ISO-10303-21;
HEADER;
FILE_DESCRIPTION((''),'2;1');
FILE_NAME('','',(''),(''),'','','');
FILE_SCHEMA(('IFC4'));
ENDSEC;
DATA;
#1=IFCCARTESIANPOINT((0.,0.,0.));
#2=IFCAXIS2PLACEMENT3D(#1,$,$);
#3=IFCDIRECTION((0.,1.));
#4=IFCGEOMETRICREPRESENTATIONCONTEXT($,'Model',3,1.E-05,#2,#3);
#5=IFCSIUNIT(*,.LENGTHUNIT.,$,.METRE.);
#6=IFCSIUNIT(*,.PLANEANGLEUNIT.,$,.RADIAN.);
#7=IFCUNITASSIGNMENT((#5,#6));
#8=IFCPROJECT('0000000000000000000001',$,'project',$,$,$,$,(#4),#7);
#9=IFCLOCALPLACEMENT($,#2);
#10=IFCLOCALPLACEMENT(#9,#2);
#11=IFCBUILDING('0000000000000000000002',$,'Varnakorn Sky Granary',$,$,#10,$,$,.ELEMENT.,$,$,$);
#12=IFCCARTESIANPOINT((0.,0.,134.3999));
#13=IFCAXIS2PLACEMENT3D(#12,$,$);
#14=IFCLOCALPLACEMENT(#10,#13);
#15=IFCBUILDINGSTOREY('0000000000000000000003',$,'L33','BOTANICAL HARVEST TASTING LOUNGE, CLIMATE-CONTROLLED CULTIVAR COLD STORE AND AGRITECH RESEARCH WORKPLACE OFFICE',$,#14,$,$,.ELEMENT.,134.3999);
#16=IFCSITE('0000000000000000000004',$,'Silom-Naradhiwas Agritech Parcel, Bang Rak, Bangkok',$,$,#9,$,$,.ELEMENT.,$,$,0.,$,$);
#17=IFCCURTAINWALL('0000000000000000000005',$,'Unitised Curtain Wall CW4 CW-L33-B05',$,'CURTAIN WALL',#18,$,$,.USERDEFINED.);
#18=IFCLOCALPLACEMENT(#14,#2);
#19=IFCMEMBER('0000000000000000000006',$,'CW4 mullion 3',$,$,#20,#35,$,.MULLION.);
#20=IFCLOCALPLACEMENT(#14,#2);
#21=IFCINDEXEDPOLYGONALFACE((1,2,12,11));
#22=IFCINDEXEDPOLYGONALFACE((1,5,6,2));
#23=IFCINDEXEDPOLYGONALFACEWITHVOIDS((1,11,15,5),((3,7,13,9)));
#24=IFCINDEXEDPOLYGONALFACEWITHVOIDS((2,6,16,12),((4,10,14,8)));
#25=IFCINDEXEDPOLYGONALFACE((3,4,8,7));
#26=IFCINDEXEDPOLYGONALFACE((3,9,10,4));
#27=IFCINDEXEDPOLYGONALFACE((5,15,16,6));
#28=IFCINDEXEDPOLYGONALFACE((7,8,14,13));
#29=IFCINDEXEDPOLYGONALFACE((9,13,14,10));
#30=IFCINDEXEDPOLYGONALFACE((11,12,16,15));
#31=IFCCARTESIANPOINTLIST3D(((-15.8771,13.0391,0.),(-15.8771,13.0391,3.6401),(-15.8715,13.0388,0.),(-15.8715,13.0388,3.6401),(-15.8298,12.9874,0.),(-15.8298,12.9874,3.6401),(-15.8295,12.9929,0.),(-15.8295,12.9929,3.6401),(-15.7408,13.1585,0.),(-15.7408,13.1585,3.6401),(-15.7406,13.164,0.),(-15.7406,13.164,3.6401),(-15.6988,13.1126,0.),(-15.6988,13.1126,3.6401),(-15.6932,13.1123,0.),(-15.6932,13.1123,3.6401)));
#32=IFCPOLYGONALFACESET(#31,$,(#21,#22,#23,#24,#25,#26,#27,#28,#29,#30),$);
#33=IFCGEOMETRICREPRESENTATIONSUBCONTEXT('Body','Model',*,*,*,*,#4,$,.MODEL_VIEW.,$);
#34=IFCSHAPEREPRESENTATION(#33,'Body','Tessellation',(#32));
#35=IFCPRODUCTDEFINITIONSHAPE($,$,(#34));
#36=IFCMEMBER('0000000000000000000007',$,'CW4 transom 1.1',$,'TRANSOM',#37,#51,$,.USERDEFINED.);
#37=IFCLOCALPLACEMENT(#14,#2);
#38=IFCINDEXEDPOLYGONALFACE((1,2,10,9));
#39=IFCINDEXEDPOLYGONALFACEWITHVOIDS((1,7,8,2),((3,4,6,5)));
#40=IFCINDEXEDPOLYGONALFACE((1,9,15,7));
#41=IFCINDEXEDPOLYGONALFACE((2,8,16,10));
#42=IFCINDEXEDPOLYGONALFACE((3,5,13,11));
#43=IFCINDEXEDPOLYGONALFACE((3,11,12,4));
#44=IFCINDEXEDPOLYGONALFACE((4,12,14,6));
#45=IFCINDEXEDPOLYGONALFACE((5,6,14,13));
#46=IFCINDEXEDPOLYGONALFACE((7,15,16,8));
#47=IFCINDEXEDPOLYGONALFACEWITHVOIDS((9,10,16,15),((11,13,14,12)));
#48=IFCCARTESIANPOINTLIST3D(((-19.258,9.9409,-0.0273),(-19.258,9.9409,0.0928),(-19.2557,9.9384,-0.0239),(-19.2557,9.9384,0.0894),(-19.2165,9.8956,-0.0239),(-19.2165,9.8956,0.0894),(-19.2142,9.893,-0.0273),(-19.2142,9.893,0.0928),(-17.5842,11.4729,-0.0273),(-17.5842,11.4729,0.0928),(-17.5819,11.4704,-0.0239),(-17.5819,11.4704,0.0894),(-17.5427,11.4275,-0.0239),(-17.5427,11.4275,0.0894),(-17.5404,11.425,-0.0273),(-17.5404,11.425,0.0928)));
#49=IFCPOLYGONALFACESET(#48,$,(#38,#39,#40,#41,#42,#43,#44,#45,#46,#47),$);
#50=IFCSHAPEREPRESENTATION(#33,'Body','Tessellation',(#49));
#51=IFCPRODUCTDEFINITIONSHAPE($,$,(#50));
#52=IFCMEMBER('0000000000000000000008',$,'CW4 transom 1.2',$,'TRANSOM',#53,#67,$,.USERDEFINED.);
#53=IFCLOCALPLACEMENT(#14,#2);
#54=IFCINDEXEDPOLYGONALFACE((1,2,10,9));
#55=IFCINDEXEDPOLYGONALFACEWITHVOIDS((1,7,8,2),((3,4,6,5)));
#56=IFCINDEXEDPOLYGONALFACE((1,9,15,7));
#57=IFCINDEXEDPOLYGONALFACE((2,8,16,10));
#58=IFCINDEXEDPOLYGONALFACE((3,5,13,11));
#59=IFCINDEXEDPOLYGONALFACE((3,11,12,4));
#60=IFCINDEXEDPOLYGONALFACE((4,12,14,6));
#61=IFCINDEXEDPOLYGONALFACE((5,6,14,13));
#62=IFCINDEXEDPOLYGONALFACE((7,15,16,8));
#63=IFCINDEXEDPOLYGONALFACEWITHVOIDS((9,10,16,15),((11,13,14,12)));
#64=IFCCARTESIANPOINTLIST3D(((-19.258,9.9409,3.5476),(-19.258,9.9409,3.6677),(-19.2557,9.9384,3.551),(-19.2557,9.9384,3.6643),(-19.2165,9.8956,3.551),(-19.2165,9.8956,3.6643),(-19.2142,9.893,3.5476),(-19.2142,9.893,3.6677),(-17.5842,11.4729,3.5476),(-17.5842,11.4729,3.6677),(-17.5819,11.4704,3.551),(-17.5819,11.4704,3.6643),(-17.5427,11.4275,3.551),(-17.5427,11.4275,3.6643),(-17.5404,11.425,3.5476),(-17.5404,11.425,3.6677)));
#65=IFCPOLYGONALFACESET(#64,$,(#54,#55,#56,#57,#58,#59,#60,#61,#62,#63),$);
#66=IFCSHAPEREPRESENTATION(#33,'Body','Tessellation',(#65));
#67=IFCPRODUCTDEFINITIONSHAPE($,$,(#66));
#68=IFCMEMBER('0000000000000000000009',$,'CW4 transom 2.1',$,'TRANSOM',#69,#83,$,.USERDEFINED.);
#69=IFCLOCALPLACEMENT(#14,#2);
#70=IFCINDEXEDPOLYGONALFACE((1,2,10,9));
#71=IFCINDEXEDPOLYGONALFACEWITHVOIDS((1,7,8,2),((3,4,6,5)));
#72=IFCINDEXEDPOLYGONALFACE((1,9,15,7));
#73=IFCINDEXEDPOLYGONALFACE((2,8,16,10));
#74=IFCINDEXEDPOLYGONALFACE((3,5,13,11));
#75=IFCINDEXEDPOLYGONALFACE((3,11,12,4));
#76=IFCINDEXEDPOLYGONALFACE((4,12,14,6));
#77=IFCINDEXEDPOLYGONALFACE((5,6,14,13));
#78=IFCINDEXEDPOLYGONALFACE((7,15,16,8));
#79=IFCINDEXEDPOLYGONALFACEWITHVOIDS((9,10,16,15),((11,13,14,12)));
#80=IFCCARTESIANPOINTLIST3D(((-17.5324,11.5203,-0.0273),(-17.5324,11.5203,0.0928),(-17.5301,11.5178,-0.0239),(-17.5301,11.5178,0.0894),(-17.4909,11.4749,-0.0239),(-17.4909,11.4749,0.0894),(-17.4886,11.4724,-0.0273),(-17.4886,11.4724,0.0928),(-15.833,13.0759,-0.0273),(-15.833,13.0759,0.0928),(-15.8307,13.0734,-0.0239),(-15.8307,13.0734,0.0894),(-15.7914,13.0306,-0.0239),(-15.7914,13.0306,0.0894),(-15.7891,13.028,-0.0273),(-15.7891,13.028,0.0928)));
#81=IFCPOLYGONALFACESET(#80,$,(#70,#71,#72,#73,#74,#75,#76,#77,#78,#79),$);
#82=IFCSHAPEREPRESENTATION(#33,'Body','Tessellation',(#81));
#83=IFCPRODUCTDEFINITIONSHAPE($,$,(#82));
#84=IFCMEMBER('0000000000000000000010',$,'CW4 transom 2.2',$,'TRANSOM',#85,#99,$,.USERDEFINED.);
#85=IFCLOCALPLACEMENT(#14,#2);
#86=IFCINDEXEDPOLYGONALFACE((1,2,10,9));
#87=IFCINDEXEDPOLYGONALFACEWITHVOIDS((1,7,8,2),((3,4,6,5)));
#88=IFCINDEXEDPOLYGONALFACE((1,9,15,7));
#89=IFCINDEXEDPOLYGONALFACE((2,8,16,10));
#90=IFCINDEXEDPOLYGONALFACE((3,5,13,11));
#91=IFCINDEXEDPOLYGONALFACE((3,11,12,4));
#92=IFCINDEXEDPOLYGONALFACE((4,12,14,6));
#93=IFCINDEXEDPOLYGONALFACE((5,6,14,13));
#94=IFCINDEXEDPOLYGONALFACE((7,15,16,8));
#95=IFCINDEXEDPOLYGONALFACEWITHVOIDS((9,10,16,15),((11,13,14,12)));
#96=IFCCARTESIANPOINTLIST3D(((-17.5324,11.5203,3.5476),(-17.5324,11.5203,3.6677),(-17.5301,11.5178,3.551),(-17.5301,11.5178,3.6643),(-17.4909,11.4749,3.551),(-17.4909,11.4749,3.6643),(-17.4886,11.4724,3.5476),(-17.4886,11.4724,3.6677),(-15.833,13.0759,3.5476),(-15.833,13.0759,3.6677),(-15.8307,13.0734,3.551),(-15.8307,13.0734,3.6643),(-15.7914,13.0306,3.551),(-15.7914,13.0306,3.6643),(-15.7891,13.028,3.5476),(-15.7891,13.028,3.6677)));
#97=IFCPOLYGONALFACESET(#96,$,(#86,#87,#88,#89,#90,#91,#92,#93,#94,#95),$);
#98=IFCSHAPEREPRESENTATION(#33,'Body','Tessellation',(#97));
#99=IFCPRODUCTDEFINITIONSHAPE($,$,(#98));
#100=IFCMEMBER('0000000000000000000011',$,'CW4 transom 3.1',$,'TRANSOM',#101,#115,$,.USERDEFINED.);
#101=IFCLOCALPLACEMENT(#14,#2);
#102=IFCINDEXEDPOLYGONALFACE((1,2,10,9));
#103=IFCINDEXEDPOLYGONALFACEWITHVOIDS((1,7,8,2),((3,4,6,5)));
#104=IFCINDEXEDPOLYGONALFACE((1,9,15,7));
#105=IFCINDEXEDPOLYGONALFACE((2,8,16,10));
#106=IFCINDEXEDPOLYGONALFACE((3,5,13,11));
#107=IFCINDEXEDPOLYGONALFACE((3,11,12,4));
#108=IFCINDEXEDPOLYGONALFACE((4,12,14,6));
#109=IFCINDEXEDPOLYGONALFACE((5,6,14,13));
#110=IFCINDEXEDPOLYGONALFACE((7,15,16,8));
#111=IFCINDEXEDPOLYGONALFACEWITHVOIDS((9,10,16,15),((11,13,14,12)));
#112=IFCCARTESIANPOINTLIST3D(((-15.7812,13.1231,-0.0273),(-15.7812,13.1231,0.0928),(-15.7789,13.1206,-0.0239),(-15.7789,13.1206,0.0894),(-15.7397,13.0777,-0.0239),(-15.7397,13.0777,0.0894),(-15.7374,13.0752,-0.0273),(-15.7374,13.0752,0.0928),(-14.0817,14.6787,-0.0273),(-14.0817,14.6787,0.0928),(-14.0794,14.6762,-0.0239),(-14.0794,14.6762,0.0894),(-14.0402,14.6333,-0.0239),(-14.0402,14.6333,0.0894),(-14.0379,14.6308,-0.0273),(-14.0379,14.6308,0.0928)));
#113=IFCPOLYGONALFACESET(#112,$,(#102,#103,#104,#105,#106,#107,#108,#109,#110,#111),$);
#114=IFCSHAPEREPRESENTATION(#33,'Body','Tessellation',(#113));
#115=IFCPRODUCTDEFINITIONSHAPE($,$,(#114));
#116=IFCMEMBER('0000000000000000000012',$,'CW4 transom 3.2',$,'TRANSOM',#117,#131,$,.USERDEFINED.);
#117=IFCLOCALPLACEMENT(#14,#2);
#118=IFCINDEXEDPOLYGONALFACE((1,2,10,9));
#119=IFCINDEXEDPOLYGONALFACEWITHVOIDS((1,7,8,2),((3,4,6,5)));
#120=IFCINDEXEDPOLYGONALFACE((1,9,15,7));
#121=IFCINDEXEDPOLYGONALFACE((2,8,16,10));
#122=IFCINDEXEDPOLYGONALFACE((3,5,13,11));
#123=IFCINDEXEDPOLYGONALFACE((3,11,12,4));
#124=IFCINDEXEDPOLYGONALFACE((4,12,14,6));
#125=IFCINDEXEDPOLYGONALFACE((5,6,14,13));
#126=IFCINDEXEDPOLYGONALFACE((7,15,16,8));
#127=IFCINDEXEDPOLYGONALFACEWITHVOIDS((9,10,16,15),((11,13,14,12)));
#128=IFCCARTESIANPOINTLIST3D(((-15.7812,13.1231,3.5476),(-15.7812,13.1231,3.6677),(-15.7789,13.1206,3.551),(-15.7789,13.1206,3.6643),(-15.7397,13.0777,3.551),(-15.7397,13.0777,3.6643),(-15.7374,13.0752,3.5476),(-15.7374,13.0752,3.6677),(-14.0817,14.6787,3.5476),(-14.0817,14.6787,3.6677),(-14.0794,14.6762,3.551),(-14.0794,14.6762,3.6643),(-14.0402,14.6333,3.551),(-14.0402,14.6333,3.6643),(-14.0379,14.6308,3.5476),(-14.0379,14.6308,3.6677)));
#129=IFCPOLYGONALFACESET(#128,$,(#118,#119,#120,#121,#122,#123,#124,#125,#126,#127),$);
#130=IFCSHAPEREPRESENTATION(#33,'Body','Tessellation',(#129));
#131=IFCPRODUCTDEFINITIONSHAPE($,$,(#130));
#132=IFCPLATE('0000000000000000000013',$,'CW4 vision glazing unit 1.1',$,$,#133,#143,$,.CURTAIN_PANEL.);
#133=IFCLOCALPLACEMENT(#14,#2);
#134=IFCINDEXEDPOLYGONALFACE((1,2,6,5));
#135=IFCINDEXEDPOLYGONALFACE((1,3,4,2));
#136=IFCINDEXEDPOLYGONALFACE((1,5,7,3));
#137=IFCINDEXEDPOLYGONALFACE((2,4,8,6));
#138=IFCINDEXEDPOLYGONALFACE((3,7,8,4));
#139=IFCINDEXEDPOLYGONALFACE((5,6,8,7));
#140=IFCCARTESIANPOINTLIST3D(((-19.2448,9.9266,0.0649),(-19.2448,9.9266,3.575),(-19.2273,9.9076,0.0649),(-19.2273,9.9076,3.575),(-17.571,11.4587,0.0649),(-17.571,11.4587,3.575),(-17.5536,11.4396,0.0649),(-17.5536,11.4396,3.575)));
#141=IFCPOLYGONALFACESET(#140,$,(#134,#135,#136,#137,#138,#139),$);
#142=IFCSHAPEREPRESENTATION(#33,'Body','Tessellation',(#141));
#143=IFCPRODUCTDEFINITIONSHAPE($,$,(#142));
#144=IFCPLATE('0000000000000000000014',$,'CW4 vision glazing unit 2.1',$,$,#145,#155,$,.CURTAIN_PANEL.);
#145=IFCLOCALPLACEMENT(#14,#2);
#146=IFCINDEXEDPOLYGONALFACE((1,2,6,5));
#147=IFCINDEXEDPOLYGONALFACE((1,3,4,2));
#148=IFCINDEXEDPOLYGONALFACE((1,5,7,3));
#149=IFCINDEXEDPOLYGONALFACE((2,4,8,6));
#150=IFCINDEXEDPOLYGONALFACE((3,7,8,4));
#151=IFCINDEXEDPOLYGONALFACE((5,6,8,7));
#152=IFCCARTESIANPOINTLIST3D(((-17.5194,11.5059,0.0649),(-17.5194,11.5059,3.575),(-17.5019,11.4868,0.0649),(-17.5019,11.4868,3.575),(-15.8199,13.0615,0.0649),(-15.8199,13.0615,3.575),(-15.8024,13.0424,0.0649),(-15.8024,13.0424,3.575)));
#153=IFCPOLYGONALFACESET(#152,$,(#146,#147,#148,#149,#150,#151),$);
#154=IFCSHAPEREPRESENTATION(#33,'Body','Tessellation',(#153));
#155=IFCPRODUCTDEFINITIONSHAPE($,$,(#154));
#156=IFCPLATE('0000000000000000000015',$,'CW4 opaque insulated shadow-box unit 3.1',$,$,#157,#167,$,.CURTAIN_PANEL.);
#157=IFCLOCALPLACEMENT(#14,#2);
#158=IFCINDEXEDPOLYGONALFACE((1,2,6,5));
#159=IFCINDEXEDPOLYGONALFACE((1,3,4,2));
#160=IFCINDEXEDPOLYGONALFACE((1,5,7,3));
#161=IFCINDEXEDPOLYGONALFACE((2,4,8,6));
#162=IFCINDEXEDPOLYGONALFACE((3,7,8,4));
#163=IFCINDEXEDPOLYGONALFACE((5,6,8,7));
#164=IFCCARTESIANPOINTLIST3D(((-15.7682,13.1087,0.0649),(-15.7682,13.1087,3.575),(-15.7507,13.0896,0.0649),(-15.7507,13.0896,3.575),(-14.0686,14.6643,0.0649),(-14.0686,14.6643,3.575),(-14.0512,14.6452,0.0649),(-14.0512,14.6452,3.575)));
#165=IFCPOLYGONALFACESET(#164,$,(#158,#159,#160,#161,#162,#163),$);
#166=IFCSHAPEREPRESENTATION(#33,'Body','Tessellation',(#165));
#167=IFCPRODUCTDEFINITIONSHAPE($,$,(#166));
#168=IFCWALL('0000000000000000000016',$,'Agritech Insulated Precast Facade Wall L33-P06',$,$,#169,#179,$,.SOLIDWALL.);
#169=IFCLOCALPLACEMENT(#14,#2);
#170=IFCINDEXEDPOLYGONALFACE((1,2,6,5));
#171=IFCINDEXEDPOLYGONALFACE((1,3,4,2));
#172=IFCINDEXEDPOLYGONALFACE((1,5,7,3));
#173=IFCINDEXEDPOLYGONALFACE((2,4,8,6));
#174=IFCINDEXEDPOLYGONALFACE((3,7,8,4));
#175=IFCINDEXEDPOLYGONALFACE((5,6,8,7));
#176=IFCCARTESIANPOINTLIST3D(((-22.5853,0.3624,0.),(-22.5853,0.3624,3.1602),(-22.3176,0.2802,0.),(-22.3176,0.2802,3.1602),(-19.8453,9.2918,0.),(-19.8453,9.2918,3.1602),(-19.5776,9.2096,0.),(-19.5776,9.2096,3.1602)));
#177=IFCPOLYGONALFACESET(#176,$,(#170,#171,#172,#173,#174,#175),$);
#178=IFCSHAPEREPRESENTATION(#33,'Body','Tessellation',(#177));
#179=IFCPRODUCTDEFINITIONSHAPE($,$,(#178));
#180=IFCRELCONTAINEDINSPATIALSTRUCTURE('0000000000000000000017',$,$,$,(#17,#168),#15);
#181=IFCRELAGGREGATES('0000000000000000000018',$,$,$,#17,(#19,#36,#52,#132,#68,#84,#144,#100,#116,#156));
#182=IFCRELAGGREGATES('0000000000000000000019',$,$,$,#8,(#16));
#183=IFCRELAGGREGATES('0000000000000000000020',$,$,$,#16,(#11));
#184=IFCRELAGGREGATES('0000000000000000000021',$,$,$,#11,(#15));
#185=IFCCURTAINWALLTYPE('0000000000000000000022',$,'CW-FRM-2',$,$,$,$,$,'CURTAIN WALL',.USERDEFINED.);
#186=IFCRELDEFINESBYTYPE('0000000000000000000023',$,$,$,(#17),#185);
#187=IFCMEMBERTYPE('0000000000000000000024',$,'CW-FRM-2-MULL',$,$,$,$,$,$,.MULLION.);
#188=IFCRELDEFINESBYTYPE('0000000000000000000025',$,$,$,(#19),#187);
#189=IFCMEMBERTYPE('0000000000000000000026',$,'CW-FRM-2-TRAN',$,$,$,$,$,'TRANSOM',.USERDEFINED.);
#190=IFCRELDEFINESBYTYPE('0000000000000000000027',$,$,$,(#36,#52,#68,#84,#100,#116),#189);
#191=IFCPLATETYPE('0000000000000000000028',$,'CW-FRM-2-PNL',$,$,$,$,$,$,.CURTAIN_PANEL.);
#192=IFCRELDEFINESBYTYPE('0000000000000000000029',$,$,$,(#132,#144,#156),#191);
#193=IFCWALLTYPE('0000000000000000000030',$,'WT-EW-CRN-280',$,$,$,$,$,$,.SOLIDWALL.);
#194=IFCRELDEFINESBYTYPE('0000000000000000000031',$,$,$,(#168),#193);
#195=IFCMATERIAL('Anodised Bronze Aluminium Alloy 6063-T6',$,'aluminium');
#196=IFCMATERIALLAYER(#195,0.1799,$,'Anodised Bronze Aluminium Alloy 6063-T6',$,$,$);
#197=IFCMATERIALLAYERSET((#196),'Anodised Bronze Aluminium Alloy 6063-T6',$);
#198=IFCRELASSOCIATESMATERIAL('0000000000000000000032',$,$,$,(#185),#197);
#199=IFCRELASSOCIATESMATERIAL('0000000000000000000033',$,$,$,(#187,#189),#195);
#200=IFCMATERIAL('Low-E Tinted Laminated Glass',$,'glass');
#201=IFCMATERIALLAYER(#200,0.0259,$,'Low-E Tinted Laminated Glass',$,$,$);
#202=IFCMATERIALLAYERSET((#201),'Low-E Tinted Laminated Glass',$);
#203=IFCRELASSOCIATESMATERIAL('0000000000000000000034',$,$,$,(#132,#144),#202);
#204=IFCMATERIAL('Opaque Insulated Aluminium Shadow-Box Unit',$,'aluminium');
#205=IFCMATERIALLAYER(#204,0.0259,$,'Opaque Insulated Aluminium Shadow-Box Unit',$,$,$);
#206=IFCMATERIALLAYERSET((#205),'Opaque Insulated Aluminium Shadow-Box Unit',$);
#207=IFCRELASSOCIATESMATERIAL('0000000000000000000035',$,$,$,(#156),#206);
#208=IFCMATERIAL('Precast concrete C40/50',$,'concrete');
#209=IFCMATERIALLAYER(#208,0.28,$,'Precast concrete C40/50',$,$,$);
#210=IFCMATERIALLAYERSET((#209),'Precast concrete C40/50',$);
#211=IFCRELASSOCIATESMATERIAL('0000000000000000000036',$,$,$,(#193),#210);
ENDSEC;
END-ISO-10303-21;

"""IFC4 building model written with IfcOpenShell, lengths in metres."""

from ifc_helpers import new_model, si_unit, direction, frame, frame_2d, origin, origin_2d, place, context, subcontext, project, spatial, rectangle, hollow_rectangle, extrude, source, transform, mapped, material, layer, layer_set, material_profile, profile_set, type_object, type_shapes, element, aggregate, save


model = new_model("IFC4")

# Units and contexts
model_context = context("Model", 3, precision=1e-05, world=origin(), true_north=direction((0.0, 1.0)))
body_context = subcontext(model_context, "Body", "Model", "MODEL_VIEW")
ifc_project = project(units=[si_unit("LENGTHUNIT", "METRE"), si_unit("PLANEANGLEUNIT", "RADIAN")], contexts=[model_context])

# Site, building, storey
site_placement = place(None, origin())
site = spatial("IfcSite", under=ifc_project, at=site_placement, Name="Silom-Naradhiwas Agritech Parcel, Bang Rak, Bangkok", CompositionType="ELEMENT", RefElevation=0.0)
building_placement = place(site_placement, origin())
building = spatial("IfcBuilding", under=site, at=building_placement, Name="Varnakorn Sky Granary", CompositionType="ELEMENT")
storey_placement = place(building_placement, frame((0.0, 0.0, 134.3999)))
storey = spatial("IfcBuildingStorey", under=building, at=storey_placement, Name="L33", Description="BOTANICAL HARVEST TASTING LOUNGE, CLIMATE-CONTROLLED CULTIVAR COLD STORE AND AGRITECH RESEARCH WORKPLACE OFFICE", CompositionType="ELEMENT", Elevation=134.3999)

# Curtain wall, members, plates
ifc_material_1 = material(Name="Anodised Bronze Aluminium Alloy 6063-T6", Category="aluminium")
ifc_layer_1 = layer(ifc_material_1, 0.1799, Name="Anodised Bronze Aluminium Alloy 6063-T6")
ifc_layer_set_1 = layer_set([ifc_layer_1], Name="Anodised Bronze Aluminium Alloy 6063-T6")
curtain_wall_type = type_object("IfcCurtainWallType", Name="CW-FRM-2", ElementType="CURTAIN WALL", PredefinedType="USERDEFINED", material=ifc_layer_set_1)
curtain_wall_placement = place(storey_placement, origin())
curtain_wall = element("IfcCurtainWall", 1, at=curtain_wall_placement, inside=storey, type_object=curtain_wall_type, Name="Unitised Curtain Wall CW4 CW-L33-B05", ObjectType="CURTAIN WALL", PredefinedType="USERDEFINED")
ifc_material_profile_1 = material_profile(ifc_material_1, hollow_rectangle(XDim=0.0701, YDim=0.1851, WallThickness=0.0039, at=origin_2d()), Name="ALU MULL 70x185")
ifc_profile_set_1 = profile_set([ifc_material_profile_1], Name="Anodised Bronze Aluminium Alloy 6063-T6")
member_type_1 = type_object("IfcMemberType", Name="CW-FRM-2-MULL", PredefinedType="MULLION", material=ifc_profile_set_1)
member_1_placement = place(storey_placement, frame((-15.7852, 13.0757, 0.0), z_axis=(0.0, 0.0, 1.0), x_axis=(-0.675183, 0.737651, 0.0)))
member_1 = element("IfcMember", 2, at=member_1_placement, type_object=member_type_1, Name="CW4 mullion 3", PredefinedType="MULLION", context=body_context, shape_type="SweptSolid", body=[
    extrude(hollow_rectangle(XDim=0.0701, YDim=0.1851, WallThickness=0.0039, at=origin_2d()), origin(), (0.0, 0.0, 1.0), 3.6401),
])
ifc_material_profile_2 = material_profile(ifc_material_1, hollow_rectangle(XDim=0.0649, YDim=0.1201, WallThickness=0.0034, at=origin_2d()), Name="ALU TRAN 65x120")
ifc_profile_set_2 = profile_set([ifc_material_profile_2], Name="Anodised Bronze Aluminium Alloy 6063-T6")
member_type_2 = type_object("IfcMemberType", Name="CW-FRM-2-TRAN", ElementType="TRANSOM", PredefinedType="USERDEFINED", material=ifc_profile_set_2)
member_2_placement = place(storey_placement, frame((-19.2361, 9.917, 0.0327), z_axis=(0.737672, 0.675159, 0.0), x_axis=(-0.675159, 0.737672, 0.0)))
member_2 = element("IfcMember", 3, at=member_2_placement, type_object=member_type_2, Name="CW4 transom 1.1", ObjectType="TRANSOM", PredefinedType="USERDEFINED", context=body_context, shape_type="SweptSolid", body=[
    extrude(hollow_rectangle(XDim=0.0649, YDim=0.1201, WallThickness=0.0034, at=origin_2d()), origin(), (0.0, 0.0, 1.0), 2.269),
])
member_3_placement = place(storey_placement, frame((-19.2361, 9.917, 3.6077), z_axis=(0.737672, 0.675159, 0.0), x_axis=(-0.675159, 0.737672, 0.0)))
member_3 = element("IfcMember", 4, at=member_3_placement, type_object=member_type_2, Name="CW4 transom 1.2", ObjectType="TRANSOM", PredefinedType="USERDEFINED", context=body_context, shape_type="SweptSolid", body=[
    extrude(hollow_rectangle(XDim=0.0649, YDim=0.1201, WallThickness=0.0034, at=origin_2d()), origin(), (0.0, 0.0, 1.0), 2.269),
])
member_4_placement = place(storey_placement, frame((-17.5105, 11.4963, 0.0327), z_axis=(0.737625, 0.675211, 0.0), x_axis=(-0.675211, 0.737625, 0.0)))
member_4 = element("IfcMember", 5, at=member_4_placement, type_object=member_type_2, Name="CW4 transom 2.1", ObjectType="TRANSOM", PredefinedType="USERDEFINED", context=body_context, shape_type="SweptSolid", body=[
    extrude(hollow_rectangle(XDim=0.0649, YDim=0.1201, WallThickness=0.0034, at=origin_2d()), origin(), (0.0, 0.0, 1.0), 2.304),
])
member_5_placement = place(storey_placement, frame((-17.5105, 11.4963, 3.6077), z_axis=(0.737625, 0.675211, 0.0), x_axis=(-0.675211, 0.737625, 0.0)))
member_5 = element("IfcMember", 6, at=member_5_placement, type_object=member_type_2, Name="CW4 transom 2.2", ObjectType="TRANSOM", PredefinedType="USERDEFINED", context=body_context, shape_type="SweptSolid", body=[
    extrude(hollow_rectangle(XDim=0.0649, YDim=0.1201, WallThickness=0.0034, at=origin_2d()), origin(), (0.0, 0.0, 1.0), 2.304),
])
member_6_placement = place(storey_placement, frame((-15.7593, 13.0991, 0.0327), z_axis=(0.737625, 0.675211, 0.0), x_axis=(-0.675211, 0.737625, 0.0)))
member_6 = element("IfcMember", 7, at=member_6_placement, type_object=member_type_2, Name="CW4 transom 3.1", ObjectType="TRANSOM", PredefinedType="USERDEFINED", context=body_context, shape_type="SweptSolid", body=[
    extrude(hollow_rectangle(XDim=0.0649, YDim=0.1201, WallThickness=0.0034, at=origin_2d()), origin(), (0.0, 0.0, 1.0), 2.304),
])
member_7_placement = place(storey_placement, frame((-15.7593, 13.0991, 3.6077), z_axis=(0.737625, 0.675211, 0.0), x_axis=(-0.675211, 0.737625, 0.0)))
member_7 = element("IfcMember", 8, at=member_7_placement, type_object=member_type_2, Name="CW4 transom 3.2", ObjectType="TRANSOM", PredefinedType="USERDEFINED", context=body_context, shape_type="SweptSolid", body=[
    extrude(hollow_rectangle(XDim=0.0649, YDim=0.1201, WallThickness=0.0034, at=origin_2d()), origin(), (0.0, 0.0, 1.0), 2.304),
])
ifc_material_2 = material(Name="Low-E Tinted Laminated Glass", Category="glass")
ifc_layer_2 = layer(ifc_material_2, 0.0259, Name="Low-E Tinted Laminated Glass")
ifc_layer_set_2 = layer_set([ifc_layer_2], Name="Low-E Tinted Laminated Glass")
plate_type = type_object("IfcPlateType", Name="CW-FRM-2-PNL", PredefinedType="CURTAIN_PANEL")
shared_shape_1 = source(origin(), body_context, "Body", "SweptSolid", [
    extrude(rectangle(XDim=2.269, YDim=0.0259, at=origin_2d()), origin(), (0.0, 0.0, 1.0), 3.51),
])
plate_1_placement = place(storey_placement, frame((-18.3992, 10.6831, 0.0649), z_axis=(0.0, 0.0, 1.0), x_axis=(0.737651, 0.675183, 0.0)))
plate_1 = element("IfcPlate", 9, at=plate_1_placement, type_object=plate_type, material=ifc_layer_set_2, Name="CW4 vision glazing unit 1.1", PredefinedType="CURTAIN_PANEL", context=body_context, shape_type="MappedRepresentation", body=[
    mapped(shared_shape_1, transform((0.0, 0.0, 0.0), x_axis=(1.0, 0.0, 0.0), y_axis=(0.0, 1.0, 0.0), z_axis=(0.0, 0.0, 1.0), scale=1.0)),
])
shared_shape_2 = source(origin(), body_context, "Body", "SweptSolid", [
    extrude(rectangle(XDim=2.304, YDim=0.0259, at=origin_2d()), origin(), (0.0, 0.0, 1.0), 3.51),
])
type_shapes(plate_type, [shared_shape_1, shared_shape_2])
plate_2_placement = place(storey_placement, frame((-16.6609, 12.2742, 0.0649), z_axis=(0.0, 0.0, 1.0), x_axis=(0.737651, 0.675183, 0.0)))
plate_2 = element("IfcPlate", 10, at=plate_2_placement, type_object=plate_type, material=ifc_layer_set_2, Name="CW4 vision glazing unit 2.1", PredefinedType="CURTAIN_PANEL", context=body_context, shape_type="MappedRepresentation", body=[
    mapped(shared_shape_2, transform((0.0, 0.0, 0.0), x_axis=(1.0, 0.0, 0.0), y_axis=(0.0, 1.0, 0.0), z_axis=(0.0, 0.0, 1.0), scale=1.0)),
])
ifc_material_3 = material(Name="Opaque Insulated Aluminium Shadow-Box Unit", Category="aluminium")
ifc_layer_3 = layer(ifc_material_3, 0.0259, Name="Opaque Insulated Aluminium Shadow-Box Unit")
ifc_layer_set_3 = layer_set([ifc_layer_3], Name="Opaque Insulated Aluminium Shadow-Box Unit")
plate_3_placement = place(storey_placement, frame((-14.9097, 13.877, 0.0649), z_axis=(0.0, 0.0, 1.0), x_axis=(0.737651, 0.675183, 0.0)))
plate_3 = element("IfcPlate", 11, at=plate_3_placement, type_object=plate_type, material=ifc_layer_set_3, Name="CW4 opaque insulated shadow-box unit 3.1", PredefinedType="CURTAIN_PANEL", context=body_context, shape_type="MappedRepresentation", body=[
    mapped(shared_shape_2, transform((0.0, 0.0, 0.0), x_axis=(1.0, 0.0, 0.0), y_axis=(0.0, 1.0, 0.0), z_axis=(0.0, 0.0, 1.0), scale=1.0)),
])
aggregate(curtain_wall, [member_1, member_2, member_3, plate_1, member_4, member_5, plate_2, member_6, member_7, plate_3])

# Wall
ifc_material_4 = material(Name="Precast concrete C40/50", Category="concrete")
ifc_layer_4 = layer(ifc_material_4, 0.28, Name="Precast concrete C40/50")
ifc_layer_set_4 = layer_set([ifc_layer_4], Name="Precast concrete C40/50")
wall_type_1 = type_object("IfcWallType", Name="WT-EW-CRN-280", PredefinedType="SOLIDWALL", material=ifc_layer_set_4)
wall_1_placement = place(storey_placement, frame((-22.4514, 0.3213, 0.0), z_axis=(0.0, 0.0, 1.0), x_axis=(0.293349, 0.956005, 0.0)))
element("IfcWall", 12, at=wall_1_placement, inside=storey, type_object=wall_type_1, Name="Agritech Insulated Precast Facade Wall L33-P06", PredefinedType="SOLIDWALL", context=body_context, shape_type="SweptSolid", body=[
    extrude(rectangle(XDim=9.3403, YDim=0.28, at=frame_2d((4.6702, 0.0))), origin(), (0.0, 0.0, 1.0), 3.1602),
])

save(model, "model.ifc")
